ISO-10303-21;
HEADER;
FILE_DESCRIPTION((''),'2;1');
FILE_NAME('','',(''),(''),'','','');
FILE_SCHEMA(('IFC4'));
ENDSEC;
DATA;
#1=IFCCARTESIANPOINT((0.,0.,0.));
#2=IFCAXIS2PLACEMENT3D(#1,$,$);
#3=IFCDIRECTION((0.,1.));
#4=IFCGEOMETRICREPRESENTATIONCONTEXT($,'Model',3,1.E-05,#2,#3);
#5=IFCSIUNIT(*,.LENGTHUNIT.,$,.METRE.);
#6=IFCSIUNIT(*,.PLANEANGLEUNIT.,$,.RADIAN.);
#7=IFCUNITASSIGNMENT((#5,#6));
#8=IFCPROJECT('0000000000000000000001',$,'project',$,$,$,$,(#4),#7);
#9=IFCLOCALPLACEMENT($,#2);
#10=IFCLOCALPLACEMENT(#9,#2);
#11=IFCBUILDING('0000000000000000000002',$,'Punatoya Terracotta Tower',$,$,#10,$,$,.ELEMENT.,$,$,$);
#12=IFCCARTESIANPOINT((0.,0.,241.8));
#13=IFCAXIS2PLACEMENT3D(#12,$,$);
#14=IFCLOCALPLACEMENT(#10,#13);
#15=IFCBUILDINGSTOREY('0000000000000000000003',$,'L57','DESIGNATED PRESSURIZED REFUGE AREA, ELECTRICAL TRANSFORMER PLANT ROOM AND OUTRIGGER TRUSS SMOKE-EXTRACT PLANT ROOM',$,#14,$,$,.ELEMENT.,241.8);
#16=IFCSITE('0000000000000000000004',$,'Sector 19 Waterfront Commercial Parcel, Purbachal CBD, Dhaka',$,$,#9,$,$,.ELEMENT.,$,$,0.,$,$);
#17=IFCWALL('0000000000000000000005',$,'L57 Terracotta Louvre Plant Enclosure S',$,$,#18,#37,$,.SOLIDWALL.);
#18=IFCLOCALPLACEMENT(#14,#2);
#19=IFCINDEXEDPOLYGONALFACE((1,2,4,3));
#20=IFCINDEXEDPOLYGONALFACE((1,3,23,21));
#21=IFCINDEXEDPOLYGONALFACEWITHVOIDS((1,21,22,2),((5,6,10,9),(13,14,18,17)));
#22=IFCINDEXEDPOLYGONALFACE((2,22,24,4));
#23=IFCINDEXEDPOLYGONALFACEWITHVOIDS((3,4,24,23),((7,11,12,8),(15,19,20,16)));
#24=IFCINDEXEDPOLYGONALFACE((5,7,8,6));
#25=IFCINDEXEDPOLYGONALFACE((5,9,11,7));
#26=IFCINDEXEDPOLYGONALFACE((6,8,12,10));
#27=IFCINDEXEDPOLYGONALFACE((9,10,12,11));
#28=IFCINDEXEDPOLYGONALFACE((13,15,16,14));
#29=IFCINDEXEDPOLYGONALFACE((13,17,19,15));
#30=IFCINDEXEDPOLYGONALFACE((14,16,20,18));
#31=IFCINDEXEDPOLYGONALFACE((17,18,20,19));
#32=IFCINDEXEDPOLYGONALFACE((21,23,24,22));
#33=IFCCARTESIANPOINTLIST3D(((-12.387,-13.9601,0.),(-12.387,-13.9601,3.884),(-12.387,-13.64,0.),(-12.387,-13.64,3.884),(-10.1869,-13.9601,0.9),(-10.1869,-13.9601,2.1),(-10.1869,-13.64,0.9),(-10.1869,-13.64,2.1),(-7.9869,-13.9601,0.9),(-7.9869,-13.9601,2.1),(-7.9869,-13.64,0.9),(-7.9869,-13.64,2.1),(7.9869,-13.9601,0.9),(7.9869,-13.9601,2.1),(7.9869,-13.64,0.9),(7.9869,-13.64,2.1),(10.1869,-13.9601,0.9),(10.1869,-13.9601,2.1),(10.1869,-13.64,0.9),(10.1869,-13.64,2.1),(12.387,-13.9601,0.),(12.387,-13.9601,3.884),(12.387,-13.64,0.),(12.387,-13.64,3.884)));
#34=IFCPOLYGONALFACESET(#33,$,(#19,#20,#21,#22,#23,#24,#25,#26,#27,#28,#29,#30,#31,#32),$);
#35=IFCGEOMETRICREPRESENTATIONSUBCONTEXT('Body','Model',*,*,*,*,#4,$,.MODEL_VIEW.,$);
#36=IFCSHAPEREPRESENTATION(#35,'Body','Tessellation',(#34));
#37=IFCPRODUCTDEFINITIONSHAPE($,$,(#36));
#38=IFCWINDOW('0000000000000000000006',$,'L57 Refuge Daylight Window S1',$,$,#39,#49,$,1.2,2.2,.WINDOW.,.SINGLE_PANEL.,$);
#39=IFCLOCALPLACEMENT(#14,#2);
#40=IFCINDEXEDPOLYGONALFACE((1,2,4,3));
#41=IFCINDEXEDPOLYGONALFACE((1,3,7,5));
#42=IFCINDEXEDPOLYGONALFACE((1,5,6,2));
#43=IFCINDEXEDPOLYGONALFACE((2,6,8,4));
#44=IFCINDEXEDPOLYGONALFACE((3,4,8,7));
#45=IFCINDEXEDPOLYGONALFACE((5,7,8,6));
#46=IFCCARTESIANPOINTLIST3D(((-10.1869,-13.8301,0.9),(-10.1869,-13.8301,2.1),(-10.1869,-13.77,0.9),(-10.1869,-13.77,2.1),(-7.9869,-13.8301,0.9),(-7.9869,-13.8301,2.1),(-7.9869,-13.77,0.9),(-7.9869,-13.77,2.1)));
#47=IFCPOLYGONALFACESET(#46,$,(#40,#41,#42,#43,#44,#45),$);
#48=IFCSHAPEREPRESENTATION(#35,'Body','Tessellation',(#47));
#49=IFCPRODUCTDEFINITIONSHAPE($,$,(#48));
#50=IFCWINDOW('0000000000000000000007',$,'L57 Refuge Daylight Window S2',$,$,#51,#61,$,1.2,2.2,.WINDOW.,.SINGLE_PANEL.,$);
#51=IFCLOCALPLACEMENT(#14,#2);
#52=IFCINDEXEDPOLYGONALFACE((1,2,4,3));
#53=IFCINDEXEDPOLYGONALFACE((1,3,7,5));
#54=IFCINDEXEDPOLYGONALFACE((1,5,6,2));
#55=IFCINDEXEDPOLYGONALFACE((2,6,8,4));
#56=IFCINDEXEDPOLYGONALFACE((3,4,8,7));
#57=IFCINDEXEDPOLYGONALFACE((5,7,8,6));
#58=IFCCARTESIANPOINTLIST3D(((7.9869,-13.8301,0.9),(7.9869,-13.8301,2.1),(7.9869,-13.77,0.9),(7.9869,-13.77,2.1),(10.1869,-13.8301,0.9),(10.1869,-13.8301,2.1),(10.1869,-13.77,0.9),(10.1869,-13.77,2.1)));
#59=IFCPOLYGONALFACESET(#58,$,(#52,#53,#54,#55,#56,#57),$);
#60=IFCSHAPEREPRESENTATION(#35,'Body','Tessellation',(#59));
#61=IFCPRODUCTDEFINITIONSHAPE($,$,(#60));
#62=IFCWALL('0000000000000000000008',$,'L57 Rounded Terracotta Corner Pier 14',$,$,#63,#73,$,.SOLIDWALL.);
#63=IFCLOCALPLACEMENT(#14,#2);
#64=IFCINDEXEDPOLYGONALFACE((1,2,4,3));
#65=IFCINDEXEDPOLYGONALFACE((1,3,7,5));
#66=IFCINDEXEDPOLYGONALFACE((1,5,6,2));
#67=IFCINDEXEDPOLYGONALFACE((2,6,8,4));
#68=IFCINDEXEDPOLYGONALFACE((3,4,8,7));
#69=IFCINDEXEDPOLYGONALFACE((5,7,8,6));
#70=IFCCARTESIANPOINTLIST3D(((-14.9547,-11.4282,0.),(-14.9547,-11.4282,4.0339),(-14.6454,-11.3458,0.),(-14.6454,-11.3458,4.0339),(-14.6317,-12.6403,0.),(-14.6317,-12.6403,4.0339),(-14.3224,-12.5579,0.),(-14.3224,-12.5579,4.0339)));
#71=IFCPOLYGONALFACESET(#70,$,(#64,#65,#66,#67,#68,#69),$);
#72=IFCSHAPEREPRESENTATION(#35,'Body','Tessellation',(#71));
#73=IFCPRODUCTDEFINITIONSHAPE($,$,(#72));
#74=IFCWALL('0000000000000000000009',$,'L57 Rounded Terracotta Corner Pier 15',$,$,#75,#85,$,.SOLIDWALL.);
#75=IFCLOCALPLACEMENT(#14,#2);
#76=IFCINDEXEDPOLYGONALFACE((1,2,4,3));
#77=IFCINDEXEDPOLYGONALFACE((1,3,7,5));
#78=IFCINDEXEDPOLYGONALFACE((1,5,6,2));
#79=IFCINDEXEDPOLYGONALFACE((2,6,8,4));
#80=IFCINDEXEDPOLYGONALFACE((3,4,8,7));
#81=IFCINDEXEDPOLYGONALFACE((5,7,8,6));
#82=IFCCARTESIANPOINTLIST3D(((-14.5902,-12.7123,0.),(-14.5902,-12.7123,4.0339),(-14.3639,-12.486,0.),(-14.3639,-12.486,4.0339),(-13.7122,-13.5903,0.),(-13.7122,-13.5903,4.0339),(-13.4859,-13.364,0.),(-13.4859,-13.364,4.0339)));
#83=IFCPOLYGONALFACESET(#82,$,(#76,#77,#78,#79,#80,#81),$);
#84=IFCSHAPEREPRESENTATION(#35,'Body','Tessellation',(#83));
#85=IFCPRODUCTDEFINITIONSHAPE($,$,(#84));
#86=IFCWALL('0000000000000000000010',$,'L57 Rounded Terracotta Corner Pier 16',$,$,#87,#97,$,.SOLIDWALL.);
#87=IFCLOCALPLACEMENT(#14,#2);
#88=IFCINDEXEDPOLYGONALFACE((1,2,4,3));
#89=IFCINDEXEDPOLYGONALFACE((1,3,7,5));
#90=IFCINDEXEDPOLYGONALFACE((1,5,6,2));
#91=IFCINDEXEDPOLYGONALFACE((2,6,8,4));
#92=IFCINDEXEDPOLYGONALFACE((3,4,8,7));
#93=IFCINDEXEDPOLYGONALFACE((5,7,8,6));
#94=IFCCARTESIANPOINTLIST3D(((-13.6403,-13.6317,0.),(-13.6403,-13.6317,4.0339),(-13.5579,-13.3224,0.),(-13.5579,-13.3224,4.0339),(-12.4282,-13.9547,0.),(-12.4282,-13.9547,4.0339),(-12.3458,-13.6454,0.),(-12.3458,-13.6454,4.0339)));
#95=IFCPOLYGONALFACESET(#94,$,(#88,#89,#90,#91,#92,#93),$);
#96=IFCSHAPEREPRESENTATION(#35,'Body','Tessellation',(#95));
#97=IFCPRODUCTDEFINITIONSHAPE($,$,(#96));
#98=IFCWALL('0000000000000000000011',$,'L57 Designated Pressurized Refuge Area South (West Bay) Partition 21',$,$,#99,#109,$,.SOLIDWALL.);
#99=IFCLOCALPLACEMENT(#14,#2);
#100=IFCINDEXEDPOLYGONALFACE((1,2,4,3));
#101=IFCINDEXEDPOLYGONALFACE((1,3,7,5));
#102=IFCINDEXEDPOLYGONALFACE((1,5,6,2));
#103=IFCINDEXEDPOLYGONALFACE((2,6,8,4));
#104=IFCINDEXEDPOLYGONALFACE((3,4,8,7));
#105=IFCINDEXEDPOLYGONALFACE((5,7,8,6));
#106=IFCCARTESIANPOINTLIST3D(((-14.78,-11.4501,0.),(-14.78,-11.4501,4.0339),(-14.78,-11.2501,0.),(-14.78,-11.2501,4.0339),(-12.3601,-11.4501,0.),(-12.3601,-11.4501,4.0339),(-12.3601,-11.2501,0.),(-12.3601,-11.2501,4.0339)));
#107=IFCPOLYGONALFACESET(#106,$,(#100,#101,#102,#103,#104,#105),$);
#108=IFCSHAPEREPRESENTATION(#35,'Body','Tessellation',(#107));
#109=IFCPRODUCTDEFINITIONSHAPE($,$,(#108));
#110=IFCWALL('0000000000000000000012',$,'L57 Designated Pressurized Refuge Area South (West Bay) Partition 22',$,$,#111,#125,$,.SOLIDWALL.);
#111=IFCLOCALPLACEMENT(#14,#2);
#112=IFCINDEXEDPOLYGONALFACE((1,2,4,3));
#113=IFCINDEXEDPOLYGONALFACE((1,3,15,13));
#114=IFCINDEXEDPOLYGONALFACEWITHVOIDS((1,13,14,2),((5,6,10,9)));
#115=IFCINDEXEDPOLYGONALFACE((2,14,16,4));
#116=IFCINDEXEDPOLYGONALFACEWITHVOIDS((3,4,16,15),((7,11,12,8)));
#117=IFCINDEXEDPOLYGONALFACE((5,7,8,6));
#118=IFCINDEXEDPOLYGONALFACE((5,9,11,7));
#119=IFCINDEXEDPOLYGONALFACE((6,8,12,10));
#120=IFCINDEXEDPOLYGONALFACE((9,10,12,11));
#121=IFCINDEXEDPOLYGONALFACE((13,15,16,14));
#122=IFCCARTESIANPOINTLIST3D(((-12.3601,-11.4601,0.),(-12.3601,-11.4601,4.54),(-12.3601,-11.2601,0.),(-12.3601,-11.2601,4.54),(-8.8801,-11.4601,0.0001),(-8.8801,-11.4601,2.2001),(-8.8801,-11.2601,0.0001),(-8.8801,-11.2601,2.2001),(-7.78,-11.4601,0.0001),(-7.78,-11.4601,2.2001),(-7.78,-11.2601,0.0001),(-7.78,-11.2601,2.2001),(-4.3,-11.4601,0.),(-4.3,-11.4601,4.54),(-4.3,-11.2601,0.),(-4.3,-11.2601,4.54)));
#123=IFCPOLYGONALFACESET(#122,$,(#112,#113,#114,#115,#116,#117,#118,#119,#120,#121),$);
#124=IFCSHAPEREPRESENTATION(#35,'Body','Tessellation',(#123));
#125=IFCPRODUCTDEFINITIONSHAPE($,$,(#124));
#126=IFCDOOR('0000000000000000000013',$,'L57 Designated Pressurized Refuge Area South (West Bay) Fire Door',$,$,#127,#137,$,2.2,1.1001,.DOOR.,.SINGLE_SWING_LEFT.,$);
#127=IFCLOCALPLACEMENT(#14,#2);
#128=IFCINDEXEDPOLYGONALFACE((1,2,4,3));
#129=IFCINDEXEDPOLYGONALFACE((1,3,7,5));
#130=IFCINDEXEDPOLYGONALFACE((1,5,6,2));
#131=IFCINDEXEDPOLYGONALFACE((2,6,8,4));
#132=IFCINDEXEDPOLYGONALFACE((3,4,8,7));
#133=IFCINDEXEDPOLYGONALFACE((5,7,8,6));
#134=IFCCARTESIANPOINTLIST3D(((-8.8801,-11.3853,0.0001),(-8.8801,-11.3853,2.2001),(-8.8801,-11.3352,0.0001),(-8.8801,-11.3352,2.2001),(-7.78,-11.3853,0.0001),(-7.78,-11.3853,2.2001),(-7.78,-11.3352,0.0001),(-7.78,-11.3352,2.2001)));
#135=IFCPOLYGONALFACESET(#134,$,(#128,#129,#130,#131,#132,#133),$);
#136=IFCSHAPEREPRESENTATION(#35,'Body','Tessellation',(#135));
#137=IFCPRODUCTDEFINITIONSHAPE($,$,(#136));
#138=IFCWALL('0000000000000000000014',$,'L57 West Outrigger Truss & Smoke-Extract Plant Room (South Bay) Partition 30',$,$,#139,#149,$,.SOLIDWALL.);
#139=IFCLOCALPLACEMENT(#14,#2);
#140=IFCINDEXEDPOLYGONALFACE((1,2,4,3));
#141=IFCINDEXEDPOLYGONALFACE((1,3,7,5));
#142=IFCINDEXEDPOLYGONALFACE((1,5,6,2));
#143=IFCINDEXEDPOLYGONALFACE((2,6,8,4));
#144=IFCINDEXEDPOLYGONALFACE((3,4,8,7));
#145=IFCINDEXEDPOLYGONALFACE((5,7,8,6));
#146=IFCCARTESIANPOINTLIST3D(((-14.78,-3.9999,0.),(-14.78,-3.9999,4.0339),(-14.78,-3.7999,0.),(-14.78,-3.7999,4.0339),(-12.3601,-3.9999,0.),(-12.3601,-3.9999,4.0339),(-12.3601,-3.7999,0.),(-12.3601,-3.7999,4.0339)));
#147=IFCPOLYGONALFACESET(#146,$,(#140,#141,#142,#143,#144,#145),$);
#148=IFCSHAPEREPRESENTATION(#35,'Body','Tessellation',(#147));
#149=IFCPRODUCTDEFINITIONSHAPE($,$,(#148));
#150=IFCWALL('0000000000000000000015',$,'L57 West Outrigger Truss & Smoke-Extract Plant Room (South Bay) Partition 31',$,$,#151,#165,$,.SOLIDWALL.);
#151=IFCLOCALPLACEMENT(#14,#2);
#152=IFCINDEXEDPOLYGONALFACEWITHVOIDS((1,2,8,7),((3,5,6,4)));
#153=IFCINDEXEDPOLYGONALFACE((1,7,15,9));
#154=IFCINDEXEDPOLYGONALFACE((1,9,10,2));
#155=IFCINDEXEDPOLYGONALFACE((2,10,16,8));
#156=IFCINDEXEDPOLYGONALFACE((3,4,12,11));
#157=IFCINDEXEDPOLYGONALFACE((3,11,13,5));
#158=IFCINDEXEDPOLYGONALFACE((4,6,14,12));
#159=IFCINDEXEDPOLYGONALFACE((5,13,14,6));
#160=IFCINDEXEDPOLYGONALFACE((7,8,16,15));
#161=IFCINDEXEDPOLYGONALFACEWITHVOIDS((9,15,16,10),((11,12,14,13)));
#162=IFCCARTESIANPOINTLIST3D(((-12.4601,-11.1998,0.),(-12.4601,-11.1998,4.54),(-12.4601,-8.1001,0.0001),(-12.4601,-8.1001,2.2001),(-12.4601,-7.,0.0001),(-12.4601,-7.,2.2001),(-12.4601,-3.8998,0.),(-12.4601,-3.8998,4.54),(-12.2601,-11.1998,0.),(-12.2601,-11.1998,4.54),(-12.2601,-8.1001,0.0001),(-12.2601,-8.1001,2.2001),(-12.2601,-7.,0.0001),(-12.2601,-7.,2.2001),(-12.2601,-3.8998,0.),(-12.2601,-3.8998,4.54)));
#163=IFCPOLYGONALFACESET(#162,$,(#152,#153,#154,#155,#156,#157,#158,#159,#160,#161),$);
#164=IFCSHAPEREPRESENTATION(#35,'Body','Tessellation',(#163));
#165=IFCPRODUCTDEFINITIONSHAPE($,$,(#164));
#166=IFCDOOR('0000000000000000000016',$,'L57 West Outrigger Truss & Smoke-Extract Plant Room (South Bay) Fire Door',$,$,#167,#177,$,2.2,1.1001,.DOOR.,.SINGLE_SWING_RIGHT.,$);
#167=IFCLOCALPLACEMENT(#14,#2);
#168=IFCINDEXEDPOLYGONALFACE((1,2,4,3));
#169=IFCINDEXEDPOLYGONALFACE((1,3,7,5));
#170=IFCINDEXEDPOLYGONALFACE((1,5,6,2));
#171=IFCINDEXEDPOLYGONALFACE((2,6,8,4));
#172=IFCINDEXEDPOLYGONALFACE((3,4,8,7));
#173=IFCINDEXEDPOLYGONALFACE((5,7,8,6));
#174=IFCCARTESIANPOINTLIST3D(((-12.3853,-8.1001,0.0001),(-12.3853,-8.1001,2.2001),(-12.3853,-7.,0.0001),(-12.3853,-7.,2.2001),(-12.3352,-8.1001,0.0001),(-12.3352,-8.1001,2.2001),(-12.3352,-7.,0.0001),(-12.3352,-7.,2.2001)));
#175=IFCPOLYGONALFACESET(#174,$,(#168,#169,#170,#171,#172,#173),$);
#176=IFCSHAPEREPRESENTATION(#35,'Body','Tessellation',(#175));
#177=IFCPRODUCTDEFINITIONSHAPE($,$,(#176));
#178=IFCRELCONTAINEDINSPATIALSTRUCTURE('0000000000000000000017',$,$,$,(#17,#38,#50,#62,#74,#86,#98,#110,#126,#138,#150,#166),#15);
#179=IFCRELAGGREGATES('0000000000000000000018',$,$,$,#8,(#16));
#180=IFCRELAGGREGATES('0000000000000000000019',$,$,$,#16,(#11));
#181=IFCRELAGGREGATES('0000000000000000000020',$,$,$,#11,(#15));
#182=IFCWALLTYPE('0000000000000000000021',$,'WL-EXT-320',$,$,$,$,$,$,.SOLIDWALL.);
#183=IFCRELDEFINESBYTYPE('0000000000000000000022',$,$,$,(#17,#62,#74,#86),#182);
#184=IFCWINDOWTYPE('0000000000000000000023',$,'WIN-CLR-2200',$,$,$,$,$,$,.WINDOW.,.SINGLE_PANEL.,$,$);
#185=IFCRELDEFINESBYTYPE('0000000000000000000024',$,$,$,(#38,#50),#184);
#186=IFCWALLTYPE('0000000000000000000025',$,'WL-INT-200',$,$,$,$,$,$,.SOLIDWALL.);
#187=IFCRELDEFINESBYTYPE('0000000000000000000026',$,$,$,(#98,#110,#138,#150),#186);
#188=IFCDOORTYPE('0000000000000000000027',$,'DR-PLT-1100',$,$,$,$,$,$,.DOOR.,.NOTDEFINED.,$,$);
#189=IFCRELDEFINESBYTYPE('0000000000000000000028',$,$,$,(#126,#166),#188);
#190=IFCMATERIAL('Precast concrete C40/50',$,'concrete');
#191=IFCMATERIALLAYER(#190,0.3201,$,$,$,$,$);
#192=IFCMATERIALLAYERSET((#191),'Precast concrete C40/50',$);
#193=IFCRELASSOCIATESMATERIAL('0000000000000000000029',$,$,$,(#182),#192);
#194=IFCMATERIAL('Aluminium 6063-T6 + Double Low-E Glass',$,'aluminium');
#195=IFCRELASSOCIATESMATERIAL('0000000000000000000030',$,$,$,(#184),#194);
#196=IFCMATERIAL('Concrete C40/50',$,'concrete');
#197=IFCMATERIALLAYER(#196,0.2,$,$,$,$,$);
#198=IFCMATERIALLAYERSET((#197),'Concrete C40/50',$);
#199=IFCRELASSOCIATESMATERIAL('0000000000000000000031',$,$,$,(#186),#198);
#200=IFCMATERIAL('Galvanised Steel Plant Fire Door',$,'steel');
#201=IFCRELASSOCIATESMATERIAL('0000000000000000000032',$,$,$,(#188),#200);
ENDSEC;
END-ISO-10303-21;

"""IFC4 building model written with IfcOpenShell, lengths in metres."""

from ifc_helpers import new_model, si_unit, direction, frame, frame_2d, origin, place, context, subcontext, project, spatial, rectangle, extrude, material, layer, layer_set, type_object, element, fill, save


model = new_model("IFC4")

# Units and contexts
model_context = context("Model", 3, precision=1e-05, world=origin(), true_north=direction((0.0, 1.0)))
body_context = subcontext(model_context, "Body", "Model", "MODEL_VIEW")
ifc_project = project(units=[si_unit("LENGTHUNIT", "METRE"), si_unit("PLANEANGLEUNIT", "RADIAN")], contexts=[model_context])

# Site, building, storey
site_placement = place(None, origin())
site = spatial("IfcSite", under=ifc_project, at=site_placement, Name="Sector 19 Waterfront Commercial Parcel, Purbachal CBD, Dhaka", CompositionType="ELEMENT", RefElevation=0.0)
building_placement = place(site_placement, origin())
building = spatial("IfcBuilding", under=site, at=building_placement, Name="Punatoya Terracotta Tower", CompositionType="ELEMENT")
storey_placement = place(building_placement, frame((0.0, 0.0, 241.8)))
storey = spatial("IfcBuildingStorey", under=building, at=storey_placement, Name="L57", Description="DESIGNATED PRESSURIZED REFUGE AREA, ELECTRICAL TRANSFORMER PLANT ROOM AND OUTRIGGER TRUSS SMOKE-EXTRACT PLANT ROOM", CompositionType="ELEMENT", Elevation=241.8)

# Wall, openings, windows
ifc_material_1 = material(Name="Precast concrete C40/50", Category="concrete")
ifc_layer_1 = layer(ifc_material_1, 0.3201)
ifc_layer_set_1 = layer_set([ifc_layer_1], Name="Precast concrete C40/50")
wall_type_1 = type_object("IfcWallType", Name="WL-EXT-320", PredefinedType="SOLIDWALL", material=ifc_layer_set_1)
wall_1_placement = place(storey_placement, frame((-12.387, -13.8, 0.0), z_axis=(0.0, 0.0, 1.0), x_axis=(1.0, 0.0, 0.0)))
wall_1 = element("IfcWall", 1, at=wall_1_placement, inside=storey, type_object=wall_type_1, Name="L57 Terracotta Louvre Plant Enclosure S", PredefinedType="SOLIDWALL", context=body_context, shape_type="SweptSolid", body=[
    extrude(rectangle(XDim=24.7739, YDim=0.3201, at=frame_2d((12.387, 0.0))), origin(), (0.0, 0.0, 1.0), 3.884),
])
opening_1_placement = place(wall_1_placement, frame((2.2, 0.0, 0.8999)))
opening_1 = element("IfcOpeningElement", 2, at=opening_1_placement, cuts=wall_1, PredefinedType="OPENING", context=body_context, shape_type="SweptSolid", body=[
    extrude(rectangle(XDim=2.2, YDim=1.2, at=frame_2d((1.1001, 0.6001))), frame((0.0, 0.1699, 0.0), z_axis=(0.0, -1.0, 0.0), x_axis=(1.0, 0.0, 0.0)), (0.0, 0.0, 1.0), 0.3401),
])
opening_2_placement = place(wall_1_placement, frame((20.3738, 0.0, 0.8999)))
opening_2 = element("IfcOpeningElement", 3, at=opening_2_placement, cuts=wall_1, PredefinedType="OPENING", context=body_context, shape_type="SweptSolid", body=[
    extrude(rectangle(XDim=2.2, YDim=1.2, at=frame_2d((1.1001, 0.6001))), frame((0.0, 0.1699, 0.0), z_axis=(0.0, -1.0, 0.0), x_axis=(1.0, 0.0, 0.0)), (0.0, 0.0, 1.0), 0.3401),
])
ifc_material_2 = material(Name="Aluminium 6063-T6 + Double Low-E Glass", Category="aluminium")
window_type = type_object("IfcWindowType", Name="WIN-CLR-2200", PartitioningType="SINGLE_PANEL", PredefinedType="WINDOW", material=ifc_material_2)
window_1_placement = place(opening_1_placement, origin())
window_1 = element("IfcWindow", 4, at=window_1_placement, inside=storey, type_object=window_type, Name="L57 Refuge Daylight Window S1", OverallHeight=1.2, OverallWidth=2.2, PartitioningType="SINGLE_PANEL", PredefinedType="WINDOW", context=body_context, shape_type="SweptSolid", body=[
    extrude(rectangle(XDim=2.2, YDim=1.2, at=frame_2d((1.1001, 0.6001))), frame((0.0, 0.03, 0.0), z_axis=(0.0, -1.0, 0.0), x_axis=(1.0, 0.0, 0.0)), (0.0, 0.0, 1.0), 0.0601),
])
fill(opening_1, window_1)
window_2_placement = place(opening_2_placement, origin())
window_2 = element("IfcWindow", 5, at=window_2_placement, inside=storey, type_object=window_type, Name="L57 Refuge Daylight Window S2", OverallHeight=1.2, OverallWidth=2.2, PartitioningType="SINGLE_PANEL", PredefinedType="WINDOW", context=body_context, shape_type="SweptSolid", body=[
    extrude(rectangle(XDim=2.2, YDim=1.2, at=frame_2d((1.1001, 0.6001))), frame((0.0, 0.03, 0.0), z_axis=(0.0, -1.0, 0.0), x_axis=(1.0, 0.0, 0.0)), (0.0, 0.0, 1.0), 0.0601),
])
fill(opening_2, window_2)

# Walls
wall_2_placement = place(storey_placement, frame((-14.8, -11.387, 0.0), z_axis=(0.0, 0.0, 1.0), x_axis=(0.257481, -0.966283, 0.0)))
element("IfcWall", 6, at=wall_2_placement, inside=storey, type_object=wall_type_1, Name="L57 Rounded Terracotta Corner Pier 14", PredefinedType="SOLIDWALL", context=body_context, shape_type="SweptSolid", body=[
    extrude(rectangle(XDim=1.2544, YDim=0.3201, at=frame_2d((0.6272, 0.0))), origin(), (0.0, 0.0, 1.0), 4.0339),
])
wall_3_placement = place(storey_placement, frame((-14.4771, -12.5991, 0.0), z_axis=(0.0, 0.0, 1.0), x_axis=(0.707107, -0.707107, 0.0)))
element("IfcWall", 7, at=wall_3_placement, inside=storey, type_object=wall_type_1, Name="L57 Rounded Terracotta Corner Pier 15", PredefinedType="SOLIDWALL", context=body_context, shape_type="SweptSolid", body=[
    extrude(rectangle(XDim=1.2417, YDim=0.3201, at=frame_2d((0.6208, 0.0))), origin(), (0.0, 0.0, 1.0), 4.0339),
])
wall_4_placement = place(storey_placement, frame((-13.5991, -13.4771, 0.0), z_axis=(0.0, 0.0, 1.0), x_axis=(0.966283, -0.257481, 0.0)))
element("IfcWall", 8, at=wall_4_placement, inside=storey, type_object=wall_type_1, Name="L57 Rounded Terracotta Corner Pier 16", PredefinedType="SOLIDWALL", context=body_context, shape_type="SweptSolid", body=[
    extrude(rectangle(XDim=1.2544, YDim=0.3201, at=frame_2d((0.6272, 0.0))), origin(), (0.0, 0.0, 1.0), 4.0339),
])
ifc_material_3 = material(Name="Concrete C40/50", Category="concrete")
ifc_layer_2 = layer(ifc_material_3, 0.2)
ifc_layer_set_2 = layer_set([ifc_layer_2], Name="Concrete C40/50")
wall_type_2 = type_object("IfcWallType", Name="WL-INT-200", PredefinedType="SOLIDWALL", material=ifc_layer_set_2)
wall_5_placement = place(storey_placement, frame((-14.78, -11.3501, 0.0), z_axis=(0.0, 0.0, 1.0), x_axis=(1.0, 0.0, 0.0)))
element("IfcWall", 9, at=wall_5_placement, inside=storey, type_object=wall_type_2, Name="L57 Designated Pressurized Refuge Area South (West Bay) Partition 21", PredefinedType="SOLIDWALL", context=body_context, shape_type="SweptSolid", body=[
    extrude(rectangle(XDim=2.4199, YDim=0.2, at=frame_2d((1.21, 0.0))), origin(), (0.0, 0.0, 1.0), 4.0339),
])

# Wall, opening, door
wall_6_placement = place(storey_placement, frame((-12.3601, -11.3601, 0.0), z_axis=(0.0, 0.0, 1.0), x_axis=(1.0, 0.0, 0.0)))
wall_6 = element("IfcWall", 10, at=wall_6_placement, inside=storey, type_object=wall_type_2, Name="L57 Designated Pressurized Refuge Area South (West Bay) Partition 22", PredefinedType="SOLIDWALL", context=body_context, shape_type="SweptSolid", body=[
    extrude(rectangle(XDim=8.0601, YDim=0.2, at=frame_2d((4.03, 0.0))), origin(), (0.0, 0.0, 1.0), 4.54),
])
opening_3_placement = place(wall_6_placement, frame((3.48, 0.0, 0.0)))
opening_3 = element("IfcOpeningElement", 11, at=opening_3_placement, cuts=wall_6, PredefinedType="OPENING", context=body_context, shape_type="SweptSolid", body=[
    extrude(rectangle(XDim=1.1001, YDim=2.2, at=frame_2d((0.55, 1.1001))), frame((0.0, 0.1099, 0.0), z_axis=(0.0, -1.0, 0.0), x_axis=(1.0, 0.0, 0.0)), (0.0, 0.0, 1.0), 0.22),
])
ifc_material_4 = material(Name="Galvanised Steel Plant Fire Door", Category="steel")
door_type_1 = type_object("IfcDoorType", Name="DR-PLT-1100", OperationType="NOTDEFINED", PredefinedType="DOOR", material=ifc_material_4)
door_1_placement = place(opening_3_placement, origin())
door_1 = element("IfcDoor", 12, at=door_1_placement, inside=storey, type_object=door_type_1, Name="L57 Designated Pressurized Refuge Area South (West Bay) Fire Door", OperationType="SINGLE_SWING_LEFT", OverallHeight=2.2, OverallWidth=1.1001, PredefinedType="DOOR", context=body_context, shape_type="SweptSolid", body=[
    extrude(rectangle(XDim=1.1001, YDim=2.2, at=frame_2d((0.55, 1.1001))), frame((0.0, 0.0249, 0.0), z_axis=(0.0, -1.0, 0.0), x_axis=(1.0, 0.0, 0.0)), (0.0, 0.0, 1.0), 0.05),
])
fill(opening_3, door_1)

# Wall
wall_7_placement = place(storey_placement, frame((-14.78, -3.8999, 0.0), z_axis=(0.0, 0.0, 1.0), x_axis=(1.0, 0.0, 0.0)))
element("IfcWall", 13, at=wall_7_placement, inside=storey, type_object=wall_type_2, Name="L57 West Outrigger Truss & Smoke-Extract Plant Room (South Bay) Partition 30", PredefinedType="SOLIDWALL", context=body_context, shape_type="SweptSolid", body=[
    extrude(rectangle(XDim=2.4199, YDim=0.2, at=frame_2d((1.21, 0.0))), origin(), (0.0, 0.0, 1.0), 4.0339),
])

# Wall, opening, door
wall_8_placement = place(storey_placement, frame((-12.3601, -3.8999, 0.0), z_axis=(0.0, 0.0, 1.0), x_axis=(0.0, -1.0, 0.0)))
wall_8 = element("IfcWall", 14, at=wall_8_placement, inside=storey, type_object=wall_type_2, Name="L57 West Outrigger Truss & Smoke-Extract Plant Room (South Bay) Partition 31", PredefinedType="SOLIDWALL", context=body_context, shape_type="SweptSolid", body=[
    extrude(rectangle(XDim=7.3, YDim=0.2, at=frame_2d((3.6499, 0.0))), origin(), (0.0, 0.0, 1.0), 4.54),
])
opening_4_placement = place(wall_8_placement, frame((3.1001, 0.0, 0.0)))
opening_4 = element("IfcOpeningElement", 15, at=opening_4_placement, cuts=wall_8, PredefinedType="OPENING", context=body_context, shape_type="SweptSolid", body=[
    extrude(rectangle(XDim=1.1001, YDim=2.2, at=frame_2d((0.55, 1.1001))), frame((0.0, 0.1099, 0.0), z_axis=(0.0, -1.0, 0.0), x_axis=(1.0, 0.0, 0.0)), (0.0, 0.0, 1.0), 0.22),
])
door_2_placement = place(opening_4_placement, origin())
door_2 = element("IfcDoor", 16, at=door_2_placement, inside=storey, type_object=door_type_1, Name="L57 West Outrigger Truss & Smoke-Extract Plant Room (South Bay) Fire Door", OperationType="SINGLE_SWING_RIGHT", OverallHeight=2.2, OverallWidth=1.1001, PredefinedType="DOOR", context=body_context, shape_type="SweptSolid", body=[
    extrude(rectangle(XDim=1.1001, YDim=2.2, at=frame_2d((0.55, 1.1001))), frame((0.0, 0.0249, 0.0), z_axis=(0.0, -1.0, 0.0), x_axis=(1.0, 0.0, 0.0)), (0.0, 0.0, 1.0), 0.05),
])
fill(opening_4, door_2)

save(model, "model.ifc")
